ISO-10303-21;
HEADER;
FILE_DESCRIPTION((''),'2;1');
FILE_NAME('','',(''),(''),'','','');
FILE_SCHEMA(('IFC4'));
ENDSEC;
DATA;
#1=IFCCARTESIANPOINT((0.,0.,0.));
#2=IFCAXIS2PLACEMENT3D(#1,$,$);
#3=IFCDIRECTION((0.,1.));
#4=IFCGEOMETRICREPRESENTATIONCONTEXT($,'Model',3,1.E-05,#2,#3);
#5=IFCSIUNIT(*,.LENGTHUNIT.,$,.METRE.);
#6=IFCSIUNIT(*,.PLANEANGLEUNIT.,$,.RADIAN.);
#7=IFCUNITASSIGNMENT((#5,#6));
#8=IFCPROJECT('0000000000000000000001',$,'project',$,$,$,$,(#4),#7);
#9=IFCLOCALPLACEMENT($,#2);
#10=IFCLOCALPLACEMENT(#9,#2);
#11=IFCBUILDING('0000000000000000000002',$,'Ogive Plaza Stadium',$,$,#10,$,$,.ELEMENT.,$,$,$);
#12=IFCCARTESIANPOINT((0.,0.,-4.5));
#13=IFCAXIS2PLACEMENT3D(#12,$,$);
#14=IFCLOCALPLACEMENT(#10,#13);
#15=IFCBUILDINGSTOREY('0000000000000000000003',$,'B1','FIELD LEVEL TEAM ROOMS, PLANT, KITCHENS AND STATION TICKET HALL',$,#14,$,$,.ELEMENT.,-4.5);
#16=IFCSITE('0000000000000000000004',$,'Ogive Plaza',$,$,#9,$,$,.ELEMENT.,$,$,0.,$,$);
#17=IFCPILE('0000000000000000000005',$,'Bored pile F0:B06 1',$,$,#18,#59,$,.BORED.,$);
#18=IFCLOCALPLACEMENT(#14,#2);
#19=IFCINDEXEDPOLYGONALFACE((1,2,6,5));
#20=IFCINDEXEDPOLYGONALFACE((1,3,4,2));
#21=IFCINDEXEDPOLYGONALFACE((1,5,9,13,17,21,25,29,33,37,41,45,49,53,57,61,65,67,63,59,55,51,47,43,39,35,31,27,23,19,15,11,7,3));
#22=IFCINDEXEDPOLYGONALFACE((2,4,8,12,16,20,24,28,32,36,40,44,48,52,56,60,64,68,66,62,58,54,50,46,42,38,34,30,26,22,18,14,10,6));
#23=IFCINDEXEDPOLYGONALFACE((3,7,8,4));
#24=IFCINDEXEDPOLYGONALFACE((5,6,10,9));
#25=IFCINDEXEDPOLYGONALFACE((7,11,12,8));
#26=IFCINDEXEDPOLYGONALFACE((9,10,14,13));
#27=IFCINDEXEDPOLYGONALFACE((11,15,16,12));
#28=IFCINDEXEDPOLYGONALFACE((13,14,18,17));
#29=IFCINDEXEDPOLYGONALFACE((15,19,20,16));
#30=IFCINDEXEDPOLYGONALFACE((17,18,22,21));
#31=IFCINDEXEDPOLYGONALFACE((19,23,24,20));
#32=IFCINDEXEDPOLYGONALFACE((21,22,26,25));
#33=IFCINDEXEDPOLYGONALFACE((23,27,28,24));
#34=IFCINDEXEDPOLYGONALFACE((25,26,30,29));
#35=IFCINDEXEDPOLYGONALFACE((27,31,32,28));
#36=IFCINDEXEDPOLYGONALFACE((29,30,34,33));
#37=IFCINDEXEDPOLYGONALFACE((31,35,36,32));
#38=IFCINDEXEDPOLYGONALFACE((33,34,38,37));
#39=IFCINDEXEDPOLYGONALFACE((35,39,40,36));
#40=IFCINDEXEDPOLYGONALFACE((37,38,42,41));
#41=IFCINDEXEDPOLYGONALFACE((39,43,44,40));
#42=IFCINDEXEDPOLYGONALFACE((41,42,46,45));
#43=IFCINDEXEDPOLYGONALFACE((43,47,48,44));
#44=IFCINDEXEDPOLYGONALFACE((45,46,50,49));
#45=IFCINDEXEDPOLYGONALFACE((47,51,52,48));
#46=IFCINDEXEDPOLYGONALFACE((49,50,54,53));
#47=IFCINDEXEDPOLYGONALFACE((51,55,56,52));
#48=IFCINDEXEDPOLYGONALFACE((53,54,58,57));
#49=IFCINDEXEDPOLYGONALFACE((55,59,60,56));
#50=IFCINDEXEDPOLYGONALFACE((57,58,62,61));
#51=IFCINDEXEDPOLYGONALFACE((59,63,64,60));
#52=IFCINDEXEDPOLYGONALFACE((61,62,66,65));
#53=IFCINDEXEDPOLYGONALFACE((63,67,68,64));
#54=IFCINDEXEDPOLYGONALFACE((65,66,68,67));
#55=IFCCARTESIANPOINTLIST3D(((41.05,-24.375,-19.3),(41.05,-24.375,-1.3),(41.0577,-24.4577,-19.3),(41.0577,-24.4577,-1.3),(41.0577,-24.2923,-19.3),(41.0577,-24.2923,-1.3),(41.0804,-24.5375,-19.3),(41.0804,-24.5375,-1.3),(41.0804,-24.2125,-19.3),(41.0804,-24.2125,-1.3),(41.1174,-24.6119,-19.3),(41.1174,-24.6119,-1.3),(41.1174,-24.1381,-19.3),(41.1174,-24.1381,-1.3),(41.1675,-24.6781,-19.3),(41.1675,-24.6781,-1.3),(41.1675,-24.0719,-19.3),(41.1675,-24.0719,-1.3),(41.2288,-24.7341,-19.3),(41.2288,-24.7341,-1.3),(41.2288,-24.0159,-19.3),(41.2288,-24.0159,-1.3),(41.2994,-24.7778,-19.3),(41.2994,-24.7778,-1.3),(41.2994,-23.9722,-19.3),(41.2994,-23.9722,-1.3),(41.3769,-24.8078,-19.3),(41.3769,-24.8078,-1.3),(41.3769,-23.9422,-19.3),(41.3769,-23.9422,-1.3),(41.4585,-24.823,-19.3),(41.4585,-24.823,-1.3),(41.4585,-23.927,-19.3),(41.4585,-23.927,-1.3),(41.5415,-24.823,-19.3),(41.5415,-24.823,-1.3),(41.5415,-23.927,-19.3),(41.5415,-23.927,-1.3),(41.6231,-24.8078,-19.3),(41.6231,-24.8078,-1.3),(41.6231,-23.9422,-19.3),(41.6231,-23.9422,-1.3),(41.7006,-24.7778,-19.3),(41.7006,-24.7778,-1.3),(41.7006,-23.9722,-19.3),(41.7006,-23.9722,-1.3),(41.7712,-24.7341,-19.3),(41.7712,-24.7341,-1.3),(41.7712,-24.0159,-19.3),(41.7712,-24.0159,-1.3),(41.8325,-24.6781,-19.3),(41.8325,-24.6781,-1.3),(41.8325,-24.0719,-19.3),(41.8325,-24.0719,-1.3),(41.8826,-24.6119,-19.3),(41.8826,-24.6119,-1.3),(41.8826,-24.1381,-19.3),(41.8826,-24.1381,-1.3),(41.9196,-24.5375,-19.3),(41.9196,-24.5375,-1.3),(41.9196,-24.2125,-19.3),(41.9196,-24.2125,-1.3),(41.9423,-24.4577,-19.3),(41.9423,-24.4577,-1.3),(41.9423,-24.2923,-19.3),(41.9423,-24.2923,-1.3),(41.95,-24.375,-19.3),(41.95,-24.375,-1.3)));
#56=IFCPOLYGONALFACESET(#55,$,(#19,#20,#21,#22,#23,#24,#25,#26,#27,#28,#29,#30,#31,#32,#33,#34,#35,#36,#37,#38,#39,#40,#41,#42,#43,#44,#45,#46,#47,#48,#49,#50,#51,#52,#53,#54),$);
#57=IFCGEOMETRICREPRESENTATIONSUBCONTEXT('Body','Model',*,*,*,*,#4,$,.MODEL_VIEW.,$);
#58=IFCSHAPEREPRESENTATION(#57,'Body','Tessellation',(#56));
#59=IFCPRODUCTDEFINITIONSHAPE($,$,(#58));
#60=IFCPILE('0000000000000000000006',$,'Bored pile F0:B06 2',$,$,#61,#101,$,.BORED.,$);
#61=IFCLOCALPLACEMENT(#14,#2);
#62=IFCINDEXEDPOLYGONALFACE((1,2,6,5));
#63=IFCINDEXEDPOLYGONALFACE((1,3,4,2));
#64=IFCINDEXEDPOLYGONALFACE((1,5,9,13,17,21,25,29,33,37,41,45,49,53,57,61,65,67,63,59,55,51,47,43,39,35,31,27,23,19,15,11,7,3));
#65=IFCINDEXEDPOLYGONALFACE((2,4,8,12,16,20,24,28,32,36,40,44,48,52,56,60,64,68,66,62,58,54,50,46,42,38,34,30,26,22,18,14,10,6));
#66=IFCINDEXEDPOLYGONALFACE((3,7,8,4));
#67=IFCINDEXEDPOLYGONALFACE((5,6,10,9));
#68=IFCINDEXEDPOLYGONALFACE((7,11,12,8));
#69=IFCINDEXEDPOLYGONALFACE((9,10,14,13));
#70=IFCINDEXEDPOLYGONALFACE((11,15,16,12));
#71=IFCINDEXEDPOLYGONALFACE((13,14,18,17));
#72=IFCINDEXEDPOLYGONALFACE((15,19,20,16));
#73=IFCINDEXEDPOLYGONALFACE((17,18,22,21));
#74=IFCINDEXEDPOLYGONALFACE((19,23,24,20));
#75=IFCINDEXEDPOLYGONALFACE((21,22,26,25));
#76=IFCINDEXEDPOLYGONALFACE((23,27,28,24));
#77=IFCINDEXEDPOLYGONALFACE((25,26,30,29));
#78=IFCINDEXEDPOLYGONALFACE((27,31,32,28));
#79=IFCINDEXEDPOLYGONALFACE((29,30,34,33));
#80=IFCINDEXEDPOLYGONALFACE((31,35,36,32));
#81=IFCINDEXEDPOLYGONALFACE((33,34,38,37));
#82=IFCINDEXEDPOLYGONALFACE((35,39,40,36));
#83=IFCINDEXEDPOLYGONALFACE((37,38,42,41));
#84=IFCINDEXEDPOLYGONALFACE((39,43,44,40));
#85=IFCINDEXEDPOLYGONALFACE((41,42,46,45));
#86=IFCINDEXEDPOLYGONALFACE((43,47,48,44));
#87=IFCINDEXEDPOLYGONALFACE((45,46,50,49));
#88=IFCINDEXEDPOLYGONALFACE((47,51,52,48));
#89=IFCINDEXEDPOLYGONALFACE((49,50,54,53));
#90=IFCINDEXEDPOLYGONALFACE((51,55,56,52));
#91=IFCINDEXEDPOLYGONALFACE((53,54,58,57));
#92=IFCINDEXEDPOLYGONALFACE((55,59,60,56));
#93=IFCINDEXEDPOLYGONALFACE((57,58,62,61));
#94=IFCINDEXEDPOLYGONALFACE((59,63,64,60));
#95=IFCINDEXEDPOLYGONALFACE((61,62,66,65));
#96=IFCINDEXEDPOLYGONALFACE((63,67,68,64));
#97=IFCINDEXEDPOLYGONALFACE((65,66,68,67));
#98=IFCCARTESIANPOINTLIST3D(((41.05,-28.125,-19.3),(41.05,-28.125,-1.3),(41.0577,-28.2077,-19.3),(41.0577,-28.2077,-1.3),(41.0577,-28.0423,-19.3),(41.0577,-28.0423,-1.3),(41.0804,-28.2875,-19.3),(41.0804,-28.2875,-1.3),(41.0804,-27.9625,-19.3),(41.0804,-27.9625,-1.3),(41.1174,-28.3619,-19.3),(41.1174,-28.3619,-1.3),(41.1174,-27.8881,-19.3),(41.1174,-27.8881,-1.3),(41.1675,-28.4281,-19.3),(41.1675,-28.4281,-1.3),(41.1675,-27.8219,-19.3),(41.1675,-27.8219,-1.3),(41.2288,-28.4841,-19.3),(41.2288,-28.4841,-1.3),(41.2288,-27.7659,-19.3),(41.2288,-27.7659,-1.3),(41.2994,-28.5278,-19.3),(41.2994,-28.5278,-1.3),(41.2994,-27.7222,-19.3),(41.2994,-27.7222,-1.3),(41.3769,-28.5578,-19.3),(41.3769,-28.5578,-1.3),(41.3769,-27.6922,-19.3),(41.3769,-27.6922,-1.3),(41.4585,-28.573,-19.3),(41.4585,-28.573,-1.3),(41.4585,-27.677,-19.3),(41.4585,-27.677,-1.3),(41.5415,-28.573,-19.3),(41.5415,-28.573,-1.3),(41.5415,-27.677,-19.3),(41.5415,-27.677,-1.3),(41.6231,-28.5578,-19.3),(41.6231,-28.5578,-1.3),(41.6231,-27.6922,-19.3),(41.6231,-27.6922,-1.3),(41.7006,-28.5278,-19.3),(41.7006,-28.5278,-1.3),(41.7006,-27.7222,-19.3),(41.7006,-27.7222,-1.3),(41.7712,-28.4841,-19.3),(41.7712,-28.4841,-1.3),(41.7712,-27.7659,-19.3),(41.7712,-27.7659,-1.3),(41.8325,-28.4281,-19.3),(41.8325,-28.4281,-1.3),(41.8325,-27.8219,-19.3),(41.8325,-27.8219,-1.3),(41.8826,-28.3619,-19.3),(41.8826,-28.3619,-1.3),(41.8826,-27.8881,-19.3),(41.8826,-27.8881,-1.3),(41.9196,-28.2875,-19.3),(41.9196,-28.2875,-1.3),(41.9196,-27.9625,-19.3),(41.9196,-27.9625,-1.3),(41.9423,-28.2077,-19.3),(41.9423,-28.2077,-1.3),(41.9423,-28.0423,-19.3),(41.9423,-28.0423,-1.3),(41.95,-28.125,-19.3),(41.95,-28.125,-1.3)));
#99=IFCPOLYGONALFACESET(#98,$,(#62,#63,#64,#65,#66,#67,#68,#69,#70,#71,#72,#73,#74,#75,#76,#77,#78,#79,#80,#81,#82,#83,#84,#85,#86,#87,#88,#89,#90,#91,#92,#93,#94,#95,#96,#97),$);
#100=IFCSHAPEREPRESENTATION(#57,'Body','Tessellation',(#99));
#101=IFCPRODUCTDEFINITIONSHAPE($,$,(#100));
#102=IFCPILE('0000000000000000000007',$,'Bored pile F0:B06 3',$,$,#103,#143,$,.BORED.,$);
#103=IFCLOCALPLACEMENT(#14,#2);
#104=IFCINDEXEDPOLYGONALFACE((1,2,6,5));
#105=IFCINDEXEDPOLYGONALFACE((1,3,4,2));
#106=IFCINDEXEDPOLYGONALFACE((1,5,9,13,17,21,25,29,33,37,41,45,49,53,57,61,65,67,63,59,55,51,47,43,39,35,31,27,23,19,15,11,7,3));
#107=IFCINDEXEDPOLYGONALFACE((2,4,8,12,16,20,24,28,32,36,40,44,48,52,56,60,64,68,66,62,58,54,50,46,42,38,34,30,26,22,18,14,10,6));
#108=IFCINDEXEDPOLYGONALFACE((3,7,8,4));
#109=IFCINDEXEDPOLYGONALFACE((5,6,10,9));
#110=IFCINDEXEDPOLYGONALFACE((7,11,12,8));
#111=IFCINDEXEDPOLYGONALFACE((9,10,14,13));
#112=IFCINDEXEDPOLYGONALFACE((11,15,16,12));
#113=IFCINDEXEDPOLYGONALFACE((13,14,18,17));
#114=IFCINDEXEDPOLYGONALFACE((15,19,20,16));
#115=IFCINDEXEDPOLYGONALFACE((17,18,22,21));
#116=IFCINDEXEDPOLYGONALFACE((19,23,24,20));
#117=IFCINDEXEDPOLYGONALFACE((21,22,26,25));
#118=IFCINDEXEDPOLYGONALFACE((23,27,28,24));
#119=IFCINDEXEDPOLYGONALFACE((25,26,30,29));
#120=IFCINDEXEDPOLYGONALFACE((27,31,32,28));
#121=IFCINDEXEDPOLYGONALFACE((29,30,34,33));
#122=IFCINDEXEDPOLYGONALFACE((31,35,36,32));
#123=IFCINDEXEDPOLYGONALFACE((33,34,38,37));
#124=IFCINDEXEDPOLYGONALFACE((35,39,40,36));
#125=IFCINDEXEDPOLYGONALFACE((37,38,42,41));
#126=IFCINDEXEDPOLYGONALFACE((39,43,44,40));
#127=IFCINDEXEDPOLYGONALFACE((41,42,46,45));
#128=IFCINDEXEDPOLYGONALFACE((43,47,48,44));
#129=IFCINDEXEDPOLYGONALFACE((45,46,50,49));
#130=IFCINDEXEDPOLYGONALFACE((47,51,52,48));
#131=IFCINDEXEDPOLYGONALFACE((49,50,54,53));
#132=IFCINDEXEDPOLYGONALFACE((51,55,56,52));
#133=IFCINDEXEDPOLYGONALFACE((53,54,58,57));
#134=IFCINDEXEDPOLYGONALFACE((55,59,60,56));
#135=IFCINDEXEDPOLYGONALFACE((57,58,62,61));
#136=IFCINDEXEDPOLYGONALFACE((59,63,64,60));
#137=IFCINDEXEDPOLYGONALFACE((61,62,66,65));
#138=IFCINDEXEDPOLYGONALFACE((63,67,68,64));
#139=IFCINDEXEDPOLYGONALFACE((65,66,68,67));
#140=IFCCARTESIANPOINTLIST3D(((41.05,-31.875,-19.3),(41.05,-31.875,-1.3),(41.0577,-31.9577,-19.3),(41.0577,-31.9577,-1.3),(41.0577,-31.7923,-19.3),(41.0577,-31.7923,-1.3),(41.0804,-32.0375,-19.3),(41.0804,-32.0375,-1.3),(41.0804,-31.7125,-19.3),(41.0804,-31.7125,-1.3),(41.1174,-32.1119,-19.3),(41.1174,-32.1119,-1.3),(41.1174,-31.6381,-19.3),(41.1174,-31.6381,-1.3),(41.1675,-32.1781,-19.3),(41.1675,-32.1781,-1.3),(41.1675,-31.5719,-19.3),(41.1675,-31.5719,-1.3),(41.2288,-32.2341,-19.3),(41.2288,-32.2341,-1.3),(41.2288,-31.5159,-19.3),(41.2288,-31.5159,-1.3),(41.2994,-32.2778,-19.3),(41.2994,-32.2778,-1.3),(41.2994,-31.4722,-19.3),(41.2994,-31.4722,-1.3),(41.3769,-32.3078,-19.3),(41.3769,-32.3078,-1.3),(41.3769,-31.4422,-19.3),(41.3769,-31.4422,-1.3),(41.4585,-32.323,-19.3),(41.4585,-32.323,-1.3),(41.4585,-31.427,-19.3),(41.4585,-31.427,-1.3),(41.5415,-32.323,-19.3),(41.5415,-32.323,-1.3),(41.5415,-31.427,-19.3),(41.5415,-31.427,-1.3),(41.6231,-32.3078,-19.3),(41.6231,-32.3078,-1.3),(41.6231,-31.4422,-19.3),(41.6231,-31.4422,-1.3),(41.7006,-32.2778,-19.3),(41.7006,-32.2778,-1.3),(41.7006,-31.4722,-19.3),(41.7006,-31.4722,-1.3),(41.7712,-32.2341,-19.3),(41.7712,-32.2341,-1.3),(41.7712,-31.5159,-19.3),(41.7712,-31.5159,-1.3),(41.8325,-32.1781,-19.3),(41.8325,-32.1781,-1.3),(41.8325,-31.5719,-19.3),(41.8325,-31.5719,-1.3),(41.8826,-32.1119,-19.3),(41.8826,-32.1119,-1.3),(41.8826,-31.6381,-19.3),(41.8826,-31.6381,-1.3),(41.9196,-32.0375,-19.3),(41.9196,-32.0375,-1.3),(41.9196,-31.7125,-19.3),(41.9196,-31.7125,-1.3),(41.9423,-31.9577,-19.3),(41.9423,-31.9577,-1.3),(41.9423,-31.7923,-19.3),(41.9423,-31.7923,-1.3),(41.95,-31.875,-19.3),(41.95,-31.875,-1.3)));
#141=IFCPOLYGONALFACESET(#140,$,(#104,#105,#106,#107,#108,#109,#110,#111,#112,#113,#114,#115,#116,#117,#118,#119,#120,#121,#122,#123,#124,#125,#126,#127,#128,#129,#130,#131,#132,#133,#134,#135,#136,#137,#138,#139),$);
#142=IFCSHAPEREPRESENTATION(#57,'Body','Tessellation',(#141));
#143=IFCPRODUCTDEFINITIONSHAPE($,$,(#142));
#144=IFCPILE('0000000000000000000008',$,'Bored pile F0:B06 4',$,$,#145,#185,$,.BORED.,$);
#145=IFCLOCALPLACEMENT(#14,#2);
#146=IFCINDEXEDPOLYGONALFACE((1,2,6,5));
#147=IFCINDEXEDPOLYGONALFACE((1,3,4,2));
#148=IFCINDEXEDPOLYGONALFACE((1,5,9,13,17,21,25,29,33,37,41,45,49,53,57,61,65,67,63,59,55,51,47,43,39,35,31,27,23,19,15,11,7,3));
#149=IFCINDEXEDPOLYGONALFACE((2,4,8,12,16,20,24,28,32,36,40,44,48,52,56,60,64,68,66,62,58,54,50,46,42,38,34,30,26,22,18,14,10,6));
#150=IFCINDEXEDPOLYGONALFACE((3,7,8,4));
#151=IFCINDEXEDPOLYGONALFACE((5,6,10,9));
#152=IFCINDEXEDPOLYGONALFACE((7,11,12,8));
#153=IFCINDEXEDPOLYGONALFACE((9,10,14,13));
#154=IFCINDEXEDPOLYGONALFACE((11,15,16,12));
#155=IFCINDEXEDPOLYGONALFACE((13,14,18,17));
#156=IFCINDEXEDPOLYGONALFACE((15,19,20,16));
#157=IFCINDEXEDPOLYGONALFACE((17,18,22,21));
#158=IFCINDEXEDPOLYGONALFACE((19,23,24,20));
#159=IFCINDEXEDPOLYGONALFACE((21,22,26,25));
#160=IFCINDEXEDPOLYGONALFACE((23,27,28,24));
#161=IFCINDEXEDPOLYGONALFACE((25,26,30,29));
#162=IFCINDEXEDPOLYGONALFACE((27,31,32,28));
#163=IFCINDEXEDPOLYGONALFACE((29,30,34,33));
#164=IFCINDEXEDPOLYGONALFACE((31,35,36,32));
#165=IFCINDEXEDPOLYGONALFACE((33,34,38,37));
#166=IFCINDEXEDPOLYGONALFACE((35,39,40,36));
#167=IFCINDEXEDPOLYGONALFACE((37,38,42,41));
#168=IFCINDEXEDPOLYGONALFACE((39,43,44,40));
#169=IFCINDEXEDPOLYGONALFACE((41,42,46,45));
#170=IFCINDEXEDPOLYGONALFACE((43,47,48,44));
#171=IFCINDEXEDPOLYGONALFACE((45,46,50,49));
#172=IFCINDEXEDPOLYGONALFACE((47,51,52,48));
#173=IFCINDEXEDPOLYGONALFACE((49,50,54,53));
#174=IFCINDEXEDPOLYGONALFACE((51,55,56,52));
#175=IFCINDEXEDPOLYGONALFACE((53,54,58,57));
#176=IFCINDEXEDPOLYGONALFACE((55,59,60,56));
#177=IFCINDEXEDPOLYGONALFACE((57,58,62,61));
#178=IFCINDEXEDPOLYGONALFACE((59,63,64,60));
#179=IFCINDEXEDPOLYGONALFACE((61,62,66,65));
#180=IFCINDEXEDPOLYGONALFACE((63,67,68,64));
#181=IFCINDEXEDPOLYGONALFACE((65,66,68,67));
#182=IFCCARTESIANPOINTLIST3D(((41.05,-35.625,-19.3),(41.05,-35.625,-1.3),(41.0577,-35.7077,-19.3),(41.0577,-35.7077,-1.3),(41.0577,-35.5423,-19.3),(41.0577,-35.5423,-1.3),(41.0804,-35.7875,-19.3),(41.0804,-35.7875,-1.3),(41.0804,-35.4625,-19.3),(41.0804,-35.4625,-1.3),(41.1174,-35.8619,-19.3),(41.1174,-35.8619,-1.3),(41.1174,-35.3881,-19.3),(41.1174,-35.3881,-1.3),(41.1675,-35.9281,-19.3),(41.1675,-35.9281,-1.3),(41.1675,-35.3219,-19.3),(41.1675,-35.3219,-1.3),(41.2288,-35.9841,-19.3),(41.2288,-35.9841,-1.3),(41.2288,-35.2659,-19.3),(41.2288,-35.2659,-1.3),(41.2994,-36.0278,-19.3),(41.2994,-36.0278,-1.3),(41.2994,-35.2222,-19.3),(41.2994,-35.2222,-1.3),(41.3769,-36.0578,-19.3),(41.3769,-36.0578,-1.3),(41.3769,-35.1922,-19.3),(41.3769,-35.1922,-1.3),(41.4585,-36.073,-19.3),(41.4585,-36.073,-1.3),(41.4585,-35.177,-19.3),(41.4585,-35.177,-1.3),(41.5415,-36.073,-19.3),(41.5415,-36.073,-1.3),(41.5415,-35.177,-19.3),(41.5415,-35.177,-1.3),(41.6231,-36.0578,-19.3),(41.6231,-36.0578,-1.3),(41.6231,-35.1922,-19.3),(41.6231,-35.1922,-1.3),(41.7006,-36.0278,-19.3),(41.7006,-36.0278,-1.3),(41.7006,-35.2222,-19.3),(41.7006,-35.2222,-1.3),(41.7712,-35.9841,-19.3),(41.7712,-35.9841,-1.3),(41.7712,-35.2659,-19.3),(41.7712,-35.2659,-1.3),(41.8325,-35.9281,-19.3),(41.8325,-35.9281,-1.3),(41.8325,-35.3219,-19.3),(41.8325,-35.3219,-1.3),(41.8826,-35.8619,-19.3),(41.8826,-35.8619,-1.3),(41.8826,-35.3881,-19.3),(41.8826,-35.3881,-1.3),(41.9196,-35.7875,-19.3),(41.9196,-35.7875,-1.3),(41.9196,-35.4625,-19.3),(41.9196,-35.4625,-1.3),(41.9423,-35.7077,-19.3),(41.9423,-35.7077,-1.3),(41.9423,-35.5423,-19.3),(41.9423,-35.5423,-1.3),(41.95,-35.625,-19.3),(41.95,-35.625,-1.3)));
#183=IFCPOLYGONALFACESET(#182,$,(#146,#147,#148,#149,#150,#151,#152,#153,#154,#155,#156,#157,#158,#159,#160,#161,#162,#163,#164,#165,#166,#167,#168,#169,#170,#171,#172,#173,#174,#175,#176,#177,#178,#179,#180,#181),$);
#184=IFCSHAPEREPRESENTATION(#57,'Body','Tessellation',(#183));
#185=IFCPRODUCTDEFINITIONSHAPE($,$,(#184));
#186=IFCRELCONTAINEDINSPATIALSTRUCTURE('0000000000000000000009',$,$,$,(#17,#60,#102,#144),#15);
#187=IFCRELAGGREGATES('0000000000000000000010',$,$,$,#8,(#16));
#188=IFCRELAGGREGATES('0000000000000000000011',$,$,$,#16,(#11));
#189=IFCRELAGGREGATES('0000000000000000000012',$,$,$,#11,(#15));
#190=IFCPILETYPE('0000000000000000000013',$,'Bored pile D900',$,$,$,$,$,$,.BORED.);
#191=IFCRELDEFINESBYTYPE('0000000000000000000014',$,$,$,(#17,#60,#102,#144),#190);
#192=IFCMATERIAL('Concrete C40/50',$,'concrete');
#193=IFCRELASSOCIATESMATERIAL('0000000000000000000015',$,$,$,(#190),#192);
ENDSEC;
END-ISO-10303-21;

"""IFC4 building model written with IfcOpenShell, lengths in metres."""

from ifc_helpers import new_model, si_unit, direction, frame, origin, origin_2d, place, context, subcontext, project, spatial, circle, extrude, material, material_profile, profile_set, type_object, element, save


model = new_model("IFC4")

# Units and contexts
model_context = context("Model", 3, precision=1e-05, world=origin(), true_north=direction((0.0, 1.0)))
body_context = subcontext(model_context, "Body", "Model", "MODEL_VIEW")
ifc_project = project(units=[si_unit("LENGTHUNIT", "METRE"), si_unit("PLANEANGLEUNIT", "RADIAN")], contexts=[model_context])

# Site, building, storey
site_placement = place(None, origin())
site = spatial("IfcSite", under=ifc_project, at=site_placement, Name="Ogive Plaza", CompositionType="ELEMENT", RefElevation=0.0)
building_placement = place(site_placement, origin())
building = spatial("IfcBuilding", under=site, at=building_placement, Name="Ogive Plaza Stadium", CompositionType="ELEMENT")
storey_placement = place(building_placement, frame((0.0, 0.0, -4.5)))
storey = spatial("IfcBuildingStorey", under=building, at=storey_placement, Name="B1", Description="FIELD LEVEL TEAM ROOMS, PLANT, KITCHENS AND STATION TICKET HALL", CompositionType="ELEMENT", Elevation=-4.5)

# Piles
ifc_material_1 = material(Name="Concrete C40/50", Category="concrete")
ifc_material_profile_1 = material_profile(ifc_material_1, circle(Radius=0.45, at=origin_2d()), Name="RC D900")
ifc_profile_set_1 = profile_set([ifc_material_profile_1], Name="Concrete C40/50")
pile_type = type_object("IfcPileType", Name="Bored pile D900", PredefinedType="BORED", material=ifc_profile_set_1)
for number, where, z_axis, x_axis, name in (
    (1, (41.5, -24.375, -1.3), (0.0, 0.0, -1.0), (1.0, 0.0, 0.0), "Bored pile F0:B06 1"),
    (2, (41.5, -28.125, -1.3), (0.0, 0.0, -1.0), (1.0, 0.0, 0.0), "Bored pile F0:B06 2"),
    (3, (41.5, -31.875, -1.3), (0.0, 0.0, -1.0), (1.0, 0.0, 0.0), "Bored pile F0:B06 3"),
    (4, (41.5, -35.625, -1.3), (0.0, 0.0, -1.0), (1.0, 0.0, 0.0), "Bored pile F0:B06 4"),
):
    element("IfcPile", number, at=place(storey_placement, frame(where, z_axis=z_axis, x_axis=x_axis)), inside=storey, type_object=pile_type, Name=name, PredefinedType="BORED", context=body_context, shape_type="SweptSolid", body=[
        extrude(circle(Radius=0.45, at=origin_2d()), origin(), (0.0, 0.0, 1.0), 18.0),
    ])

save(model, "model.ifc")
